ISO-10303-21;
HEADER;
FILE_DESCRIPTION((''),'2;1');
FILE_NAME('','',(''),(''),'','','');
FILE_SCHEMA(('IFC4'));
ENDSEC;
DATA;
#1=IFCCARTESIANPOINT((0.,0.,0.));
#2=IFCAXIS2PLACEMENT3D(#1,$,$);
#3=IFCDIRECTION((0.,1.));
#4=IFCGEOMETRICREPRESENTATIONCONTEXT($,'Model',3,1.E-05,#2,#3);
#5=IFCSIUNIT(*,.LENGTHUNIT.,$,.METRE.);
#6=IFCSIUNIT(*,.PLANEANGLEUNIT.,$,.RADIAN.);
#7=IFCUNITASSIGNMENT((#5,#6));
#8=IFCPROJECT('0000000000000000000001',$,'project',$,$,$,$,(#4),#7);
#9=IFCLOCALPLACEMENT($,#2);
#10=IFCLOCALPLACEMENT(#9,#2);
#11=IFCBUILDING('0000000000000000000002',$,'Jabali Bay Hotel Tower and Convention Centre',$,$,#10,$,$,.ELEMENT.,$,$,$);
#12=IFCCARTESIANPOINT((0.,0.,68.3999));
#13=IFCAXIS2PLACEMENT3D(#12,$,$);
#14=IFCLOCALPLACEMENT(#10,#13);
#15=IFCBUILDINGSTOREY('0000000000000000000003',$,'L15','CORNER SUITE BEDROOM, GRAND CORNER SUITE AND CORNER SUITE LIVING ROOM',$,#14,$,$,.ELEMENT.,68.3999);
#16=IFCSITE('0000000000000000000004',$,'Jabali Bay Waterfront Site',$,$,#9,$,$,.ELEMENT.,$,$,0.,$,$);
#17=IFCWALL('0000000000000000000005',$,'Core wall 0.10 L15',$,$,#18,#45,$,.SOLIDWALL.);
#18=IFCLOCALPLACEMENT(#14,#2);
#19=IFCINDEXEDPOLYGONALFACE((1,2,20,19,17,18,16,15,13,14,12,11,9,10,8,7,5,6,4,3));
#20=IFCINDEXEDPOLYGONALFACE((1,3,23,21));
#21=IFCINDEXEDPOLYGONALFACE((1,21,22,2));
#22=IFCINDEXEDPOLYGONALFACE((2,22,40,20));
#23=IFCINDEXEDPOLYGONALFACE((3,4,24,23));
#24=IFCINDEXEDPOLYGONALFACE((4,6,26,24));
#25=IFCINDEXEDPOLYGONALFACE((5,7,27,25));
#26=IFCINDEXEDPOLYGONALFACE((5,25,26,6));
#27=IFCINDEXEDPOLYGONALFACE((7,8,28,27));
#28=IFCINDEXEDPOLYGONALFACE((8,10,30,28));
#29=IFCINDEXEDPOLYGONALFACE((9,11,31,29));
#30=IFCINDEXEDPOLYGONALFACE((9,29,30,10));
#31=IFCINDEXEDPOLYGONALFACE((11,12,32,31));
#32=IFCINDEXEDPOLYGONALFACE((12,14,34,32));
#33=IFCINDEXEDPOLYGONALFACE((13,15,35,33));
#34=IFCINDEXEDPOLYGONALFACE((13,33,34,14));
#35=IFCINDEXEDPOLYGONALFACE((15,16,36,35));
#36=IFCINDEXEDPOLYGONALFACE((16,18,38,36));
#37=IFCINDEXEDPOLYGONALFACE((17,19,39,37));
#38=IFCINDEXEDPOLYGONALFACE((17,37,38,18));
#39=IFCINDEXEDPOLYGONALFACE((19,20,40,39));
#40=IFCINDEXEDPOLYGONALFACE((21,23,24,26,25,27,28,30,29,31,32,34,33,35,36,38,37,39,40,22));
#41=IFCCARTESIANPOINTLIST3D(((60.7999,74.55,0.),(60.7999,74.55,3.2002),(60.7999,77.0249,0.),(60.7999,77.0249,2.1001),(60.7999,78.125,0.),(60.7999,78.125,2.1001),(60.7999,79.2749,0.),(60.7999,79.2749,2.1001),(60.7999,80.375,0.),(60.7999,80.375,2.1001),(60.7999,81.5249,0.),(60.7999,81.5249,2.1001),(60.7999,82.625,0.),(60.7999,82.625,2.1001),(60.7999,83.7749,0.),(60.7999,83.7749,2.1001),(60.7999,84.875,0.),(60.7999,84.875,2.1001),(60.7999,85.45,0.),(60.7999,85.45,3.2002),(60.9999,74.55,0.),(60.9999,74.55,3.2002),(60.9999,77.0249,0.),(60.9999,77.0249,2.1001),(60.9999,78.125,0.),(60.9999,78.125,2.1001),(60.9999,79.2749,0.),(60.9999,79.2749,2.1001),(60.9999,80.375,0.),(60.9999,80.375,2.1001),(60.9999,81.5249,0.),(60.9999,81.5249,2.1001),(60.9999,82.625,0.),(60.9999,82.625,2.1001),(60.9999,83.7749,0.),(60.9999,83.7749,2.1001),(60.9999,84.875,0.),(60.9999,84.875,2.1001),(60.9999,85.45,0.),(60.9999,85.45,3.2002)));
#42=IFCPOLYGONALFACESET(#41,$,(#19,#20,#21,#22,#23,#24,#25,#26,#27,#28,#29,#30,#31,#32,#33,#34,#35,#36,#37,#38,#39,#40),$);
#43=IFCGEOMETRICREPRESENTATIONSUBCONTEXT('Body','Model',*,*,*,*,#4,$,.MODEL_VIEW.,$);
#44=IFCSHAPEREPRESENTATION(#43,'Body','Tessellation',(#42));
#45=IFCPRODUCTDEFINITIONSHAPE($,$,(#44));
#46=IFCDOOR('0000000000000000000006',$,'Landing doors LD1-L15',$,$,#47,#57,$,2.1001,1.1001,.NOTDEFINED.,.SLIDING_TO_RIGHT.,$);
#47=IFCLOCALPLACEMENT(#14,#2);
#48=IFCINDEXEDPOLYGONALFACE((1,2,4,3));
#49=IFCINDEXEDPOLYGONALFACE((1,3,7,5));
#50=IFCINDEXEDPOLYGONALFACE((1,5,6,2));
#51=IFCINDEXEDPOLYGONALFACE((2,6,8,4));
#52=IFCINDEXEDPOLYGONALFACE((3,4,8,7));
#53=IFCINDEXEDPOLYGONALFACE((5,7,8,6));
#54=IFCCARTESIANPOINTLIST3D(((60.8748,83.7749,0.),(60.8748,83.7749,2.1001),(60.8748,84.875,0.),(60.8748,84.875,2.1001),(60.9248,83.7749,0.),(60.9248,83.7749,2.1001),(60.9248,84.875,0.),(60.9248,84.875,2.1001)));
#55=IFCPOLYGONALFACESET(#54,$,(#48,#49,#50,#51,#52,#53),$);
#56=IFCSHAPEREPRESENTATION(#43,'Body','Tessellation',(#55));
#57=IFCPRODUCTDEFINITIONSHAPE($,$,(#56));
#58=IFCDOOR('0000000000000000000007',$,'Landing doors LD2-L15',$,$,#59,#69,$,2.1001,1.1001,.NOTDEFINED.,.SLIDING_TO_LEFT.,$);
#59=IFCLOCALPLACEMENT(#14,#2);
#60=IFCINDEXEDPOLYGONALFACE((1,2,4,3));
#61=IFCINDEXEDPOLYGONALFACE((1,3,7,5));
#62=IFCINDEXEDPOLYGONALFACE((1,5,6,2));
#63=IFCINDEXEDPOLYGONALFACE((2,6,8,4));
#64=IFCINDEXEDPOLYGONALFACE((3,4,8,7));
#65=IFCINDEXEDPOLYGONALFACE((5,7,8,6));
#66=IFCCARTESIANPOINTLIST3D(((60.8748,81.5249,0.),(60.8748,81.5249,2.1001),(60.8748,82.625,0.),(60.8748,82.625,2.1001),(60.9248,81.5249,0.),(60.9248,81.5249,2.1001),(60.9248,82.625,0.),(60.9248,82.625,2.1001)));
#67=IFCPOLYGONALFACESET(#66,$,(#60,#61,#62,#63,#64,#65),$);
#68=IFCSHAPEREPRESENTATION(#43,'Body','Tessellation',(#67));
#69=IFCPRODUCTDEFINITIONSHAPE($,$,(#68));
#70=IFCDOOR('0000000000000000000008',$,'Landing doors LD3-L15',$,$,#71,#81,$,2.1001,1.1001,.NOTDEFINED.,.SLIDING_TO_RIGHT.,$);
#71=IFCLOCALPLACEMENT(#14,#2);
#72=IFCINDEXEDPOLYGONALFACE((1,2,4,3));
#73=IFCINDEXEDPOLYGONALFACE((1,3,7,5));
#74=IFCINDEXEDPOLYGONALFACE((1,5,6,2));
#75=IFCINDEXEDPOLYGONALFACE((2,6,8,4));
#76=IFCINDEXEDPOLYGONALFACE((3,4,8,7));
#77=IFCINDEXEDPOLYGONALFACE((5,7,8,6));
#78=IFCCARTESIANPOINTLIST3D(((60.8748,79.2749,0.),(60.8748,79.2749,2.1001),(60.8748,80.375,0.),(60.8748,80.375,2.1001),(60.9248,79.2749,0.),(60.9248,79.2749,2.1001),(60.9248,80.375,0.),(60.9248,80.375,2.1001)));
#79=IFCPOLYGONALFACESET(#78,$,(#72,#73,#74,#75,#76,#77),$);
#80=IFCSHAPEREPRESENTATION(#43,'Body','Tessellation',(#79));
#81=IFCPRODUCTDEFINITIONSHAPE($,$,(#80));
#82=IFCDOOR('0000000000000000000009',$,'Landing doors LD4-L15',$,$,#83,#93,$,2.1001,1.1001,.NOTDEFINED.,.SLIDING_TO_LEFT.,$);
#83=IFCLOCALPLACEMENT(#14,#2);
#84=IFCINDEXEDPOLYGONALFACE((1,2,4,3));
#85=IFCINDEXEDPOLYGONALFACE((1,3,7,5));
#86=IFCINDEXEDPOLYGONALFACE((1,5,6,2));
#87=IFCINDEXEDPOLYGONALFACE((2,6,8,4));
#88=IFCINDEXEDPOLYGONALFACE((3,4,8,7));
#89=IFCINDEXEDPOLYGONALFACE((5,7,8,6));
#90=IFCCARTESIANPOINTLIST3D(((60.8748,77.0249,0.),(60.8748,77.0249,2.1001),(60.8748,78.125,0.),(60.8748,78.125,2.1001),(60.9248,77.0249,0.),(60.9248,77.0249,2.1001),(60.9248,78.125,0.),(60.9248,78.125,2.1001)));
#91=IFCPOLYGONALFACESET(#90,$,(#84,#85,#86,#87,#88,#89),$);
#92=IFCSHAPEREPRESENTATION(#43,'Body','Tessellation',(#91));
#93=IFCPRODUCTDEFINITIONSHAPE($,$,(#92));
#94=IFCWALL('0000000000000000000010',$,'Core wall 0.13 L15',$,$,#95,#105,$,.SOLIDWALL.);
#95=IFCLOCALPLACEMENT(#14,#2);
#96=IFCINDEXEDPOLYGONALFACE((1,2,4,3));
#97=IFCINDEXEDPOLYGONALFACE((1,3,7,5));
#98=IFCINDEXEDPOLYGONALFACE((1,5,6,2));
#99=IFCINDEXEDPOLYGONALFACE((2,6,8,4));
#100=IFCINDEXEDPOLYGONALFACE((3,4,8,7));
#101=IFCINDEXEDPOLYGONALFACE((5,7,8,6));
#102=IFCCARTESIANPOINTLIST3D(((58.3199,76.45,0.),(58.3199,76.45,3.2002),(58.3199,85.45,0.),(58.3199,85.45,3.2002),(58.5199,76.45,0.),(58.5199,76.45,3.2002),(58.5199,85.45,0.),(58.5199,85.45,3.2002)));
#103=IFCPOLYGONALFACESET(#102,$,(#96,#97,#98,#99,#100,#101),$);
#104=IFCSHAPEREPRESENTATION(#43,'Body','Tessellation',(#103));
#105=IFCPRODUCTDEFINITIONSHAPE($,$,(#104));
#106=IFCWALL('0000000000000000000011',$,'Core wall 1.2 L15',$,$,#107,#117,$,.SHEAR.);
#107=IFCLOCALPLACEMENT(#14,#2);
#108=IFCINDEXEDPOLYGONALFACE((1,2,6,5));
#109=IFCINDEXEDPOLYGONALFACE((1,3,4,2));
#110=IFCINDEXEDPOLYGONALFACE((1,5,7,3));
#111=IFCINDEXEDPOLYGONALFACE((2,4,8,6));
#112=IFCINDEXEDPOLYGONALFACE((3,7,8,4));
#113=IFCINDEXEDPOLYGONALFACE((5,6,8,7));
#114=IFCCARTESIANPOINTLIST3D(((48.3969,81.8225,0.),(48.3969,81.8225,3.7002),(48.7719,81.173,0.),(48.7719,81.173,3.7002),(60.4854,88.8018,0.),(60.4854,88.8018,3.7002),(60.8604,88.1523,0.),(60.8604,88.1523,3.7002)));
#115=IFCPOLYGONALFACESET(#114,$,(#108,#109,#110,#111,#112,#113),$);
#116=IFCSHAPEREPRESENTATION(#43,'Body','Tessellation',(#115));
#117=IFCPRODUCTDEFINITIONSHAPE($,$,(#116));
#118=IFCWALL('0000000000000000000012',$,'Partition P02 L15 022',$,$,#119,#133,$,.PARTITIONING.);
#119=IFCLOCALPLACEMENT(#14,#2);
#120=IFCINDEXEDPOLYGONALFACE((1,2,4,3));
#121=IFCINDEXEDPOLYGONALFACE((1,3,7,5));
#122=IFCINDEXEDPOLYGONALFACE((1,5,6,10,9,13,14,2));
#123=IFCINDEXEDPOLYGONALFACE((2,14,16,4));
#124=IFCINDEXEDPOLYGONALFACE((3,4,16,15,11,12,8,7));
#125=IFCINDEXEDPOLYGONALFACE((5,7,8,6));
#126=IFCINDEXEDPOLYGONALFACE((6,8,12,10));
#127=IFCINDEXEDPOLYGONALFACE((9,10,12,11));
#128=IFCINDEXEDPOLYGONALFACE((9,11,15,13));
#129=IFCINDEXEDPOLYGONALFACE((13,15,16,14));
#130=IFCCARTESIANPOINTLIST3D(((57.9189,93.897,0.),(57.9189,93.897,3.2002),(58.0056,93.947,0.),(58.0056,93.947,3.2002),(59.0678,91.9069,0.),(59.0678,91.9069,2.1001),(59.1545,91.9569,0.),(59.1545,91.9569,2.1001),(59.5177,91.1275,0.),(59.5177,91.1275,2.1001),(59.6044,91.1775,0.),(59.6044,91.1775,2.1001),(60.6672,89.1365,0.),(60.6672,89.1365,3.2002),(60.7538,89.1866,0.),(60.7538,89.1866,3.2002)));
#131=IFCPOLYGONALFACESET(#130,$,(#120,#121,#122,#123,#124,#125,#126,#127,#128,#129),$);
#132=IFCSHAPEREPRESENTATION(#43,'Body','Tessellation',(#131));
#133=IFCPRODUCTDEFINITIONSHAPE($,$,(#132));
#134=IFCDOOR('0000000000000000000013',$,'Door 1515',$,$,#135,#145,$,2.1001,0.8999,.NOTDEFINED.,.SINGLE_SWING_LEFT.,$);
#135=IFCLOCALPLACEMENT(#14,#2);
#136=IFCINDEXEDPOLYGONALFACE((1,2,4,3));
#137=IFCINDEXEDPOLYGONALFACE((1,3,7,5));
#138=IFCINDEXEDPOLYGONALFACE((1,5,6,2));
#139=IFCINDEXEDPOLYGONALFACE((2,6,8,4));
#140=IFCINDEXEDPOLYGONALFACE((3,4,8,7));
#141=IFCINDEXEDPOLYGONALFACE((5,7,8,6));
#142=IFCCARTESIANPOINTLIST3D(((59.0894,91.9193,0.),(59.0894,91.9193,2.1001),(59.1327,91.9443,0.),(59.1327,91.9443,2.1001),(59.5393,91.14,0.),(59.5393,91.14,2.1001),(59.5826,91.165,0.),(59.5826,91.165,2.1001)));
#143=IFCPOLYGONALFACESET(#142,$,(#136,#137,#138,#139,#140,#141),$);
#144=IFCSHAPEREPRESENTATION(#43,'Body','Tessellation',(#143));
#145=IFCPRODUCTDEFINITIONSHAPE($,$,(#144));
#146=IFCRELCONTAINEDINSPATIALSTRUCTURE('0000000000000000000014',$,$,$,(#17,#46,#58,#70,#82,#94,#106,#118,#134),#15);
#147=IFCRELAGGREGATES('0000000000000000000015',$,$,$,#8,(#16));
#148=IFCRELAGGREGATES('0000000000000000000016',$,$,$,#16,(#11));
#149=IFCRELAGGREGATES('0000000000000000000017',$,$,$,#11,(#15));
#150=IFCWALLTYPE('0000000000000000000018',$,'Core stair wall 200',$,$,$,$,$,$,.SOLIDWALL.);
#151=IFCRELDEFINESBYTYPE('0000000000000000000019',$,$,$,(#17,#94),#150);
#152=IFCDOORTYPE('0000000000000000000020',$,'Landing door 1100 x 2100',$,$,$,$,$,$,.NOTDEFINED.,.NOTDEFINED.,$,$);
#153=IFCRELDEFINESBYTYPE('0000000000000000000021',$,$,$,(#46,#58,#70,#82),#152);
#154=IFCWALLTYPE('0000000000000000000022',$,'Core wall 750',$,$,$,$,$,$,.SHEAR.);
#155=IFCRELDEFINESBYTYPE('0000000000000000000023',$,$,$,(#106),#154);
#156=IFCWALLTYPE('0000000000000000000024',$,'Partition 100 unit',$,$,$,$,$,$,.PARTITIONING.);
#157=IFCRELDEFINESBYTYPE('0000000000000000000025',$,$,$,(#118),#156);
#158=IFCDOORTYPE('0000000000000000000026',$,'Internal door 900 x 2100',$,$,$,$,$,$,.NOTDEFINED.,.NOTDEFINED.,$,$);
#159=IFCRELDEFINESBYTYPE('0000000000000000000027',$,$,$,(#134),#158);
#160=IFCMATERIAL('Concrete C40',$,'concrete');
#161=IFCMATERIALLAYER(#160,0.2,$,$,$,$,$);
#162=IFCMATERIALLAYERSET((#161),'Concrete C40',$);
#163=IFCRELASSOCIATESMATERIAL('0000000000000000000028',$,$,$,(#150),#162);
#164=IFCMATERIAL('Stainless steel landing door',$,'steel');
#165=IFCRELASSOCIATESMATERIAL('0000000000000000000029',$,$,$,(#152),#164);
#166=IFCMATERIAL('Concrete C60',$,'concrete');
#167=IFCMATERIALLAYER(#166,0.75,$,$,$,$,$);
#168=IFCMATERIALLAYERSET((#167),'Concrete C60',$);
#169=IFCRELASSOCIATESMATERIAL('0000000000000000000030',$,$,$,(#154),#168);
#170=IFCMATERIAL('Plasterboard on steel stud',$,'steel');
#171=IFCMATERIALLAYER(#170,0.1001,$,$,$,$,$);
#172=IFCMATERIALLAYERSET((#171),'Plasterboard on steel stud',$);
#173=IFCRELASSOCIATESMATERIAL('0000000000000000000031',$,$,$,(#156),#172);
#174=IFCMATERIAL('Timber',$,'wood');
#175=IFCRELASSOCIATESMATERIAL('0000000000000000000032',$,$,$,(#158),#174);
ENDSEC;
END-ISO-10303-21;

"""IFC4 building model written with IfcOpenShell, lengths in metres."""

from ifc_helpers import new_model, si_unit, direction, frame, frame_2d, origin, place, context, subcontext, project, spatial, rectangle, extrude, material, layer, layer_set, type_object, element, fill, save


model = new_model("IFC4")

# Units and contexts
model_context = context("Model", 3, precision=1e-05, world=origin(), true_north=direction((0.0, 1.0)))
body_context = subcontext(model_context, "Body", "Model", "MODEL_VIEW")
ifc_project = project(units=[si_unit("LENGTHUNIT", "METRE"), si_unit("PLANEANGLEUNIT", "RADIAN")], contexts=[model_context])

# Site, building, storey
site_placement = place(None, origin())
site = spatial("IfcSite", under=ifc_project, at=site_placement, Name="Jabali Bay Waterfront Site", CompositionType="ELEMENT", RefElevation=0.0)
building_placement = place(site_placement, origin())
building = spatial("IfcBuilding", under=site, at=building_placement, Name="Jabali Bay Hotel Tower and Convention Centre", CompositionType="ELEMENT")
storey_placement = place(building_placement, frame((0.0, 0.0, 68.3999)))
storey = spatial("IfcBuildingStorey", under=building, at=storey_placement, Name="L15", Description="CORNER SUITE BEDROOM, GRAND CORNER SUITE AND CORNER SUITE LIVING ROOM", CompositionType="ELEMENT", Elevation=68.3999)

# Shared definitions
ifc_material_1 = material(Name="Concrete C40", Category="concrete")

# Shared definitions
ifc_layer_1 = layer(ifc_material_1, 0.2)
ifc_layer_set_1 = layer_set([ifc_layer_1], Name="Concrete C40")
wall_type_1 = type_object("IfcWallType", Name="Core stair wall 200", PredefinedType="SOLIDWALL", material=ifc_layer_set_1)

# Wall, openings, doors
wall_1_placement = place(storey_placement, frame((60.8999, 85.45, 0.0), z_axis=(0.0, 0.0, 1.0), x_axis=(0.0, -1.0, 0.0)))
wall_1 = element("IfcWall", 1, at=wall_1_placement, inside=storey, type_object=wall_type_1, Name="Core wall 0.10 L15", PredefinedType="SOLIDWALL", context=body_context, shape_type="SweptSolid", body=[
    extrude(rectangle(XDim=10.8999, YDim=0.2, at=frame_2d((5.45, 0.0))), origin(), (0.0, 0.0, 1.0), 3.2002),
])
opening_1_placement = place(wall_1_placement, frame((0.575, 0.0, 0.0)))
opening_1 = element("IfcOpeningElement", 2, at=opening_1_placement, cuts=wall_1, PredefinedType="OPENING", context=body_context, shape_type="SweptSolid", body=[
    extrude(rectangle(XDim=1.1001, YDim=2.1001, at=frame_2d((0.55, 1.05))), frame((0.0, 0.1104, 0.0), z_axis=(0.0, -1.0, 0.0), x_axis=(1.0, 0.0, 0.0)), (0.0, 0.0, 1.0), 0.2209),
])
opening_2_placement = place(wall_1_placement, frame((2.825, 0.0, 0.0)))
opening_2 = element("IfcOpeningElement", 3, at=opening_2_placement, cuts=wall_1, PredefinedType="OPENING", context=body_context, shape_type="SweptSolid", body=[
    extrude(rectangle(XDim=1.1001, YDim=2.1001, at=frame_2d((0.55, 1.05))), frame((0.0, 0.1104, 0.0), z_axis=(0.0, -1.0, 0.0), x_axis=(1.0, 0.0, 0.0)), (0.0, 0.0, 1.0), 0.2209),
])
opening_3_placement = place(wall_1_placement, frame((5.075, 0.0, 0.0)))
opening_3 = element("IfcOpeningElement", 4, at=opening_3_placement, cuts=wall_1, PredefinedType="OPENING", context=body_context, shape_type="SweptSolid", body=[
    extrude(rectangle(XDim=1.1001, YDim=2.1001, at=frame_2d((0.55, 1.05))), frame((0.0, 0.1104, 0.0), z_axis=(0.0, -1.0, 0.0), x_axis=(1.0, 0.0, 0.0)), (0.0, 0.0, 1.0), 0.2209),
])
opening_4_placement = place(wall_1_placement, frame((7.325, 0.0, 0.0)))
opening_4 = element("IfcOpeningElement", 5, at=opening_4_placement, cuts=wall_1, PredefinedType="OPENING", context=body_context, shape_type="SweptSolid", body=[
    extrude(rectangle(XDim=1.1001, YDim=2.1001, at=frame_2d((0.55, 1.05))), frame((0.0, 0.1104, 0.0), z_axis=(0.0, -1.0, 0.0), x_axis=(1.0, 0.0, 0.0)), (0.0, 0.0, 1.0), 0.2209),
])
ifc_material_2 = material(Name="Stainless steel landing door", Category="steel")
door_type_1 = type_object("IfcDoorType", Name="Landing door 1100 x 2100", OperationType="NOTDEFINED", PredefinedType="NOTDEFINED", material=ifc_material_2)
door_1_placement = place(opening_1_placement, origin())
door_1 = element("IfcDoor", 6, at=door_1_placement, inside=storey, type_object=door_type_1, Name="Landing doors LD1-L15", OperationType="SLIDING_TO_RIGHT", OverallHeight=2.1001, OverallWidth=1.1001, PredefinedType="NOTDEFINED", context=body_context, shape_type="SweptSolid", body=[
    extrude(rectangle(XDim=1.1001, YDim=2.1001, at=frame_2d((0.55, 1.05))), frame((0.0, 0.0249, 0.0), z_axis=(0.0, -1.0, 0.0), x_axis=(1.0, 0.0, 0.0)), (0.0, 0.0, 1.0), 0.05),
])
fill(opening_1, door_1)
door_2_placement = place(opening_2_placement, origin())
door_2 = element("IfcDoor", 7, at=door_2_placement, inside=storey, type_object=door_type_1, Name="Landing doors LD2-L15", OperationType="SLIDING_TO_LEFT", OverallHeight=2.1001, OverallWidth=1.1001, PredefinedType="NOTDEFINED", context=body_context, shape_type="SweptSolid", body=[
    extrude(rectangle(XDim=1.1001, YDim=2.1001, at=frame_2d((0.55, 1.05))), frame((0.0, 0.0249, 0.0), z_axis=(0.0, -1.0, 0.0), x_axis=(1.0, 0.0, 0.0)), (0.0, 0.0, 1.0), 0.05),
])
fill(opening_2, door_2)
door_3_placement = place(opening_3_placement, origin())
door_3 = element("IfcDoor", 8, at=door_3_placement, inside=storey, type_object=door_type_1, Name="Landing doors LD3-L15", OperationType="SLIDING_TO_RIGHT", OverallHeight=2.1001, OverallWidth=1.1001, PredefinedType="NOTDEFINED", context=body_context, shape_type="SweptSolid", body=[
    extrude(rectangle(XDim=1.1001, YDim=2.1001, at=frame_2d((0.55, 1.05))), frame((0.0, 0.0249, 0.0), z_axis=(0.0, -1.0, 0.0), x_axis=(1.0, 0.0, 0.0)), (0.0, 0.0, 1.0), 0.05),
])
fill(opening_3, door_3)
door_4_placement = place(opening_4_placement, origin())
door_4 = element("IfcDoor", 9, at=door_4_placement, inside=storey, type_object=door_type_1, Name="Landing doors LD4-L15", OperationType="SLIDING_TO_LEFT", OverallHeight=2.1001, OverallWidth=1.1001, PredefinedType="NOTDEFINED", context=body_context, shape_type="SweptSolid", body=[
    extrude(rectangle(XDim=1.1001, YDim=2.1001, at=frame_2d((0.55, 1.05))), frame((0.0, 0.0249, 0.0), z_axis=(0.0, -1.0, 0.0), x_axis=(1.0, 0.0, 0.0)), (0.0, 0.0, 1.0), 0.05),
])
fill(opening_4, door_4)

# Walls
wall_2_placement = place(storey_placement, frame((58.4199, 85.45, 0.0), z_axis=(0.0, 0.0, 1.0), x_axis=(0.0, -1.0, 0.0)))
element("IfcWall", 10, at=wall_2_placement, inside=storey, type_object=wall_type_1, Name="Core wall 0.13 L15", PredefinedType="SOLIDWALL", context=body_context, shape_type="SweptSolid", body=[
    extrude(rectangle(XDim=9.0, YDim=0.2, at=frame_2d((4.5, 0.0))), origin(), (0.0, 0.0, 1.0), 3.2002),
])
ifc_material_3 = material(Name="Concrete C60", Category="concrete")
ifc_layer_2 = layer(ifc_material_3, 0.75)
ifc_layer_set_2 = layer_set([ifc_layer_2], Name="Concrete C60")
wall_type_2 = type_object("IfcWallType", Name="Core wall 750", PredefinedType="SHEAR", material=ifc_layer_set_2)
wall_3_placement = place(storey_placement, frame((60.6729, 88.4771, 0.0), z_axis=(0.0, 0.0, 1.0), x_axis=(-0.866025, -0.500001, 0.0)))
element("IfcWall", 11, at=wall_3_placement, inside=storey, type_object=wall_type_2, Name="Core wall 1.2 L15", PredefinedType="SHEAR", context=body_context, shape_type="SweptSolid", body=[
    extrude(rectangle(XDim=13.9585, YDim=0.75, at=frame_2d((6.9792, 0.0))), origin(), (0.0, 0.0, 1.0), 3.7002),
])

# Wall, opening, door
ifc_material_4 = material(Name="Plasterboard on steel stud", Category="steel")
ifc_layer_3 = layer(ifc_material_4, 0.1001)
ifc_layer_set_3 = layer_set([ifc_layer_3], Name="Plasterboard on steel stud")
wall_type_3 = type_object("IfcWallType", Name="Partition 100 unit", PredefinedType="PARTITIONING", material=ifc_layer_set_3)
wall_4_placement = place(storey_placement, frame((57.9622, 93.9221, 0.0), z_axis=(0.0, 0.0, 1.0), x_axis=(0.499975, -0.86604, 0.0)))
wall_4 = element("IfcWall", 12, at=wall_4_placement, inside=storey, type_object=wall_type_3, Name="Partition P02 L15 022", PredefinedType="PARTITIONING", context=body_context, shape_type="SweptSolid", body=[
    extrude(rectangle(XDim=5.4968, YDim=0.1001, at=frame_2d((2.7485, 0.0))), origin(), (0.0, 0.0, 1.0), 3.2002),
])
opening_5_placement = place(wall_4_placement, frame((2.2981, 0.0, 0.0)))
opening_5 = element("IfcOpeningElement", 13, at=opening_5_placement, cuts=wall_4, PredefinedType="OPENING", context=body_context, shape_type="SweptSolid", body=[
    extrude(rectangle(XDim=0.8999, YDim=2.1001, at=frame_2d((0.45, 1.05))), frame((0.0, 0.0605, 0.0), z_axis=(0.0, -1.0, 0.0), x_axis=(1.0, 0.0, 0.0)), (0.0, 0.0, 1.0), 0.1211),
])
ifc_material_5 = material(Name="Timber", Category="wood")
door_type_2 = type_object("IfcDoorType", Name="Internal door 900 x 2100", OperationType="NOTDEFINED", PredefinedType="NOTDEFINED", material=ifc_material_5)
door_5_placement = place(opening_5_placement, origin())
door_5 = element("IfcDoor", 14, at=door_5_placement, inside=storey, type_object=door_type_2, Name="Door 1515", OperationType="SINGLE_SWING_LEFT", OverallHeight=2.1001, OverallWidth=0.8999, PredefinedType="NOTDEFINED", context=body_context, shape_type="SweptSolid", body=[
    extrude(rectangle(XDim=0.8999, YDim=2.1001, at=frame_2d((0.45, 1.05))), frame((0.0, 0.0249, 0.0), z_axis=(0.0, -1.0, 0.0), x_axis=(1.0, 0.0, 0.0)), (0.0, 0.0, 1.0), 0.05),
])
fill(opening_5, door_5)

save(model, "model.ifc")
